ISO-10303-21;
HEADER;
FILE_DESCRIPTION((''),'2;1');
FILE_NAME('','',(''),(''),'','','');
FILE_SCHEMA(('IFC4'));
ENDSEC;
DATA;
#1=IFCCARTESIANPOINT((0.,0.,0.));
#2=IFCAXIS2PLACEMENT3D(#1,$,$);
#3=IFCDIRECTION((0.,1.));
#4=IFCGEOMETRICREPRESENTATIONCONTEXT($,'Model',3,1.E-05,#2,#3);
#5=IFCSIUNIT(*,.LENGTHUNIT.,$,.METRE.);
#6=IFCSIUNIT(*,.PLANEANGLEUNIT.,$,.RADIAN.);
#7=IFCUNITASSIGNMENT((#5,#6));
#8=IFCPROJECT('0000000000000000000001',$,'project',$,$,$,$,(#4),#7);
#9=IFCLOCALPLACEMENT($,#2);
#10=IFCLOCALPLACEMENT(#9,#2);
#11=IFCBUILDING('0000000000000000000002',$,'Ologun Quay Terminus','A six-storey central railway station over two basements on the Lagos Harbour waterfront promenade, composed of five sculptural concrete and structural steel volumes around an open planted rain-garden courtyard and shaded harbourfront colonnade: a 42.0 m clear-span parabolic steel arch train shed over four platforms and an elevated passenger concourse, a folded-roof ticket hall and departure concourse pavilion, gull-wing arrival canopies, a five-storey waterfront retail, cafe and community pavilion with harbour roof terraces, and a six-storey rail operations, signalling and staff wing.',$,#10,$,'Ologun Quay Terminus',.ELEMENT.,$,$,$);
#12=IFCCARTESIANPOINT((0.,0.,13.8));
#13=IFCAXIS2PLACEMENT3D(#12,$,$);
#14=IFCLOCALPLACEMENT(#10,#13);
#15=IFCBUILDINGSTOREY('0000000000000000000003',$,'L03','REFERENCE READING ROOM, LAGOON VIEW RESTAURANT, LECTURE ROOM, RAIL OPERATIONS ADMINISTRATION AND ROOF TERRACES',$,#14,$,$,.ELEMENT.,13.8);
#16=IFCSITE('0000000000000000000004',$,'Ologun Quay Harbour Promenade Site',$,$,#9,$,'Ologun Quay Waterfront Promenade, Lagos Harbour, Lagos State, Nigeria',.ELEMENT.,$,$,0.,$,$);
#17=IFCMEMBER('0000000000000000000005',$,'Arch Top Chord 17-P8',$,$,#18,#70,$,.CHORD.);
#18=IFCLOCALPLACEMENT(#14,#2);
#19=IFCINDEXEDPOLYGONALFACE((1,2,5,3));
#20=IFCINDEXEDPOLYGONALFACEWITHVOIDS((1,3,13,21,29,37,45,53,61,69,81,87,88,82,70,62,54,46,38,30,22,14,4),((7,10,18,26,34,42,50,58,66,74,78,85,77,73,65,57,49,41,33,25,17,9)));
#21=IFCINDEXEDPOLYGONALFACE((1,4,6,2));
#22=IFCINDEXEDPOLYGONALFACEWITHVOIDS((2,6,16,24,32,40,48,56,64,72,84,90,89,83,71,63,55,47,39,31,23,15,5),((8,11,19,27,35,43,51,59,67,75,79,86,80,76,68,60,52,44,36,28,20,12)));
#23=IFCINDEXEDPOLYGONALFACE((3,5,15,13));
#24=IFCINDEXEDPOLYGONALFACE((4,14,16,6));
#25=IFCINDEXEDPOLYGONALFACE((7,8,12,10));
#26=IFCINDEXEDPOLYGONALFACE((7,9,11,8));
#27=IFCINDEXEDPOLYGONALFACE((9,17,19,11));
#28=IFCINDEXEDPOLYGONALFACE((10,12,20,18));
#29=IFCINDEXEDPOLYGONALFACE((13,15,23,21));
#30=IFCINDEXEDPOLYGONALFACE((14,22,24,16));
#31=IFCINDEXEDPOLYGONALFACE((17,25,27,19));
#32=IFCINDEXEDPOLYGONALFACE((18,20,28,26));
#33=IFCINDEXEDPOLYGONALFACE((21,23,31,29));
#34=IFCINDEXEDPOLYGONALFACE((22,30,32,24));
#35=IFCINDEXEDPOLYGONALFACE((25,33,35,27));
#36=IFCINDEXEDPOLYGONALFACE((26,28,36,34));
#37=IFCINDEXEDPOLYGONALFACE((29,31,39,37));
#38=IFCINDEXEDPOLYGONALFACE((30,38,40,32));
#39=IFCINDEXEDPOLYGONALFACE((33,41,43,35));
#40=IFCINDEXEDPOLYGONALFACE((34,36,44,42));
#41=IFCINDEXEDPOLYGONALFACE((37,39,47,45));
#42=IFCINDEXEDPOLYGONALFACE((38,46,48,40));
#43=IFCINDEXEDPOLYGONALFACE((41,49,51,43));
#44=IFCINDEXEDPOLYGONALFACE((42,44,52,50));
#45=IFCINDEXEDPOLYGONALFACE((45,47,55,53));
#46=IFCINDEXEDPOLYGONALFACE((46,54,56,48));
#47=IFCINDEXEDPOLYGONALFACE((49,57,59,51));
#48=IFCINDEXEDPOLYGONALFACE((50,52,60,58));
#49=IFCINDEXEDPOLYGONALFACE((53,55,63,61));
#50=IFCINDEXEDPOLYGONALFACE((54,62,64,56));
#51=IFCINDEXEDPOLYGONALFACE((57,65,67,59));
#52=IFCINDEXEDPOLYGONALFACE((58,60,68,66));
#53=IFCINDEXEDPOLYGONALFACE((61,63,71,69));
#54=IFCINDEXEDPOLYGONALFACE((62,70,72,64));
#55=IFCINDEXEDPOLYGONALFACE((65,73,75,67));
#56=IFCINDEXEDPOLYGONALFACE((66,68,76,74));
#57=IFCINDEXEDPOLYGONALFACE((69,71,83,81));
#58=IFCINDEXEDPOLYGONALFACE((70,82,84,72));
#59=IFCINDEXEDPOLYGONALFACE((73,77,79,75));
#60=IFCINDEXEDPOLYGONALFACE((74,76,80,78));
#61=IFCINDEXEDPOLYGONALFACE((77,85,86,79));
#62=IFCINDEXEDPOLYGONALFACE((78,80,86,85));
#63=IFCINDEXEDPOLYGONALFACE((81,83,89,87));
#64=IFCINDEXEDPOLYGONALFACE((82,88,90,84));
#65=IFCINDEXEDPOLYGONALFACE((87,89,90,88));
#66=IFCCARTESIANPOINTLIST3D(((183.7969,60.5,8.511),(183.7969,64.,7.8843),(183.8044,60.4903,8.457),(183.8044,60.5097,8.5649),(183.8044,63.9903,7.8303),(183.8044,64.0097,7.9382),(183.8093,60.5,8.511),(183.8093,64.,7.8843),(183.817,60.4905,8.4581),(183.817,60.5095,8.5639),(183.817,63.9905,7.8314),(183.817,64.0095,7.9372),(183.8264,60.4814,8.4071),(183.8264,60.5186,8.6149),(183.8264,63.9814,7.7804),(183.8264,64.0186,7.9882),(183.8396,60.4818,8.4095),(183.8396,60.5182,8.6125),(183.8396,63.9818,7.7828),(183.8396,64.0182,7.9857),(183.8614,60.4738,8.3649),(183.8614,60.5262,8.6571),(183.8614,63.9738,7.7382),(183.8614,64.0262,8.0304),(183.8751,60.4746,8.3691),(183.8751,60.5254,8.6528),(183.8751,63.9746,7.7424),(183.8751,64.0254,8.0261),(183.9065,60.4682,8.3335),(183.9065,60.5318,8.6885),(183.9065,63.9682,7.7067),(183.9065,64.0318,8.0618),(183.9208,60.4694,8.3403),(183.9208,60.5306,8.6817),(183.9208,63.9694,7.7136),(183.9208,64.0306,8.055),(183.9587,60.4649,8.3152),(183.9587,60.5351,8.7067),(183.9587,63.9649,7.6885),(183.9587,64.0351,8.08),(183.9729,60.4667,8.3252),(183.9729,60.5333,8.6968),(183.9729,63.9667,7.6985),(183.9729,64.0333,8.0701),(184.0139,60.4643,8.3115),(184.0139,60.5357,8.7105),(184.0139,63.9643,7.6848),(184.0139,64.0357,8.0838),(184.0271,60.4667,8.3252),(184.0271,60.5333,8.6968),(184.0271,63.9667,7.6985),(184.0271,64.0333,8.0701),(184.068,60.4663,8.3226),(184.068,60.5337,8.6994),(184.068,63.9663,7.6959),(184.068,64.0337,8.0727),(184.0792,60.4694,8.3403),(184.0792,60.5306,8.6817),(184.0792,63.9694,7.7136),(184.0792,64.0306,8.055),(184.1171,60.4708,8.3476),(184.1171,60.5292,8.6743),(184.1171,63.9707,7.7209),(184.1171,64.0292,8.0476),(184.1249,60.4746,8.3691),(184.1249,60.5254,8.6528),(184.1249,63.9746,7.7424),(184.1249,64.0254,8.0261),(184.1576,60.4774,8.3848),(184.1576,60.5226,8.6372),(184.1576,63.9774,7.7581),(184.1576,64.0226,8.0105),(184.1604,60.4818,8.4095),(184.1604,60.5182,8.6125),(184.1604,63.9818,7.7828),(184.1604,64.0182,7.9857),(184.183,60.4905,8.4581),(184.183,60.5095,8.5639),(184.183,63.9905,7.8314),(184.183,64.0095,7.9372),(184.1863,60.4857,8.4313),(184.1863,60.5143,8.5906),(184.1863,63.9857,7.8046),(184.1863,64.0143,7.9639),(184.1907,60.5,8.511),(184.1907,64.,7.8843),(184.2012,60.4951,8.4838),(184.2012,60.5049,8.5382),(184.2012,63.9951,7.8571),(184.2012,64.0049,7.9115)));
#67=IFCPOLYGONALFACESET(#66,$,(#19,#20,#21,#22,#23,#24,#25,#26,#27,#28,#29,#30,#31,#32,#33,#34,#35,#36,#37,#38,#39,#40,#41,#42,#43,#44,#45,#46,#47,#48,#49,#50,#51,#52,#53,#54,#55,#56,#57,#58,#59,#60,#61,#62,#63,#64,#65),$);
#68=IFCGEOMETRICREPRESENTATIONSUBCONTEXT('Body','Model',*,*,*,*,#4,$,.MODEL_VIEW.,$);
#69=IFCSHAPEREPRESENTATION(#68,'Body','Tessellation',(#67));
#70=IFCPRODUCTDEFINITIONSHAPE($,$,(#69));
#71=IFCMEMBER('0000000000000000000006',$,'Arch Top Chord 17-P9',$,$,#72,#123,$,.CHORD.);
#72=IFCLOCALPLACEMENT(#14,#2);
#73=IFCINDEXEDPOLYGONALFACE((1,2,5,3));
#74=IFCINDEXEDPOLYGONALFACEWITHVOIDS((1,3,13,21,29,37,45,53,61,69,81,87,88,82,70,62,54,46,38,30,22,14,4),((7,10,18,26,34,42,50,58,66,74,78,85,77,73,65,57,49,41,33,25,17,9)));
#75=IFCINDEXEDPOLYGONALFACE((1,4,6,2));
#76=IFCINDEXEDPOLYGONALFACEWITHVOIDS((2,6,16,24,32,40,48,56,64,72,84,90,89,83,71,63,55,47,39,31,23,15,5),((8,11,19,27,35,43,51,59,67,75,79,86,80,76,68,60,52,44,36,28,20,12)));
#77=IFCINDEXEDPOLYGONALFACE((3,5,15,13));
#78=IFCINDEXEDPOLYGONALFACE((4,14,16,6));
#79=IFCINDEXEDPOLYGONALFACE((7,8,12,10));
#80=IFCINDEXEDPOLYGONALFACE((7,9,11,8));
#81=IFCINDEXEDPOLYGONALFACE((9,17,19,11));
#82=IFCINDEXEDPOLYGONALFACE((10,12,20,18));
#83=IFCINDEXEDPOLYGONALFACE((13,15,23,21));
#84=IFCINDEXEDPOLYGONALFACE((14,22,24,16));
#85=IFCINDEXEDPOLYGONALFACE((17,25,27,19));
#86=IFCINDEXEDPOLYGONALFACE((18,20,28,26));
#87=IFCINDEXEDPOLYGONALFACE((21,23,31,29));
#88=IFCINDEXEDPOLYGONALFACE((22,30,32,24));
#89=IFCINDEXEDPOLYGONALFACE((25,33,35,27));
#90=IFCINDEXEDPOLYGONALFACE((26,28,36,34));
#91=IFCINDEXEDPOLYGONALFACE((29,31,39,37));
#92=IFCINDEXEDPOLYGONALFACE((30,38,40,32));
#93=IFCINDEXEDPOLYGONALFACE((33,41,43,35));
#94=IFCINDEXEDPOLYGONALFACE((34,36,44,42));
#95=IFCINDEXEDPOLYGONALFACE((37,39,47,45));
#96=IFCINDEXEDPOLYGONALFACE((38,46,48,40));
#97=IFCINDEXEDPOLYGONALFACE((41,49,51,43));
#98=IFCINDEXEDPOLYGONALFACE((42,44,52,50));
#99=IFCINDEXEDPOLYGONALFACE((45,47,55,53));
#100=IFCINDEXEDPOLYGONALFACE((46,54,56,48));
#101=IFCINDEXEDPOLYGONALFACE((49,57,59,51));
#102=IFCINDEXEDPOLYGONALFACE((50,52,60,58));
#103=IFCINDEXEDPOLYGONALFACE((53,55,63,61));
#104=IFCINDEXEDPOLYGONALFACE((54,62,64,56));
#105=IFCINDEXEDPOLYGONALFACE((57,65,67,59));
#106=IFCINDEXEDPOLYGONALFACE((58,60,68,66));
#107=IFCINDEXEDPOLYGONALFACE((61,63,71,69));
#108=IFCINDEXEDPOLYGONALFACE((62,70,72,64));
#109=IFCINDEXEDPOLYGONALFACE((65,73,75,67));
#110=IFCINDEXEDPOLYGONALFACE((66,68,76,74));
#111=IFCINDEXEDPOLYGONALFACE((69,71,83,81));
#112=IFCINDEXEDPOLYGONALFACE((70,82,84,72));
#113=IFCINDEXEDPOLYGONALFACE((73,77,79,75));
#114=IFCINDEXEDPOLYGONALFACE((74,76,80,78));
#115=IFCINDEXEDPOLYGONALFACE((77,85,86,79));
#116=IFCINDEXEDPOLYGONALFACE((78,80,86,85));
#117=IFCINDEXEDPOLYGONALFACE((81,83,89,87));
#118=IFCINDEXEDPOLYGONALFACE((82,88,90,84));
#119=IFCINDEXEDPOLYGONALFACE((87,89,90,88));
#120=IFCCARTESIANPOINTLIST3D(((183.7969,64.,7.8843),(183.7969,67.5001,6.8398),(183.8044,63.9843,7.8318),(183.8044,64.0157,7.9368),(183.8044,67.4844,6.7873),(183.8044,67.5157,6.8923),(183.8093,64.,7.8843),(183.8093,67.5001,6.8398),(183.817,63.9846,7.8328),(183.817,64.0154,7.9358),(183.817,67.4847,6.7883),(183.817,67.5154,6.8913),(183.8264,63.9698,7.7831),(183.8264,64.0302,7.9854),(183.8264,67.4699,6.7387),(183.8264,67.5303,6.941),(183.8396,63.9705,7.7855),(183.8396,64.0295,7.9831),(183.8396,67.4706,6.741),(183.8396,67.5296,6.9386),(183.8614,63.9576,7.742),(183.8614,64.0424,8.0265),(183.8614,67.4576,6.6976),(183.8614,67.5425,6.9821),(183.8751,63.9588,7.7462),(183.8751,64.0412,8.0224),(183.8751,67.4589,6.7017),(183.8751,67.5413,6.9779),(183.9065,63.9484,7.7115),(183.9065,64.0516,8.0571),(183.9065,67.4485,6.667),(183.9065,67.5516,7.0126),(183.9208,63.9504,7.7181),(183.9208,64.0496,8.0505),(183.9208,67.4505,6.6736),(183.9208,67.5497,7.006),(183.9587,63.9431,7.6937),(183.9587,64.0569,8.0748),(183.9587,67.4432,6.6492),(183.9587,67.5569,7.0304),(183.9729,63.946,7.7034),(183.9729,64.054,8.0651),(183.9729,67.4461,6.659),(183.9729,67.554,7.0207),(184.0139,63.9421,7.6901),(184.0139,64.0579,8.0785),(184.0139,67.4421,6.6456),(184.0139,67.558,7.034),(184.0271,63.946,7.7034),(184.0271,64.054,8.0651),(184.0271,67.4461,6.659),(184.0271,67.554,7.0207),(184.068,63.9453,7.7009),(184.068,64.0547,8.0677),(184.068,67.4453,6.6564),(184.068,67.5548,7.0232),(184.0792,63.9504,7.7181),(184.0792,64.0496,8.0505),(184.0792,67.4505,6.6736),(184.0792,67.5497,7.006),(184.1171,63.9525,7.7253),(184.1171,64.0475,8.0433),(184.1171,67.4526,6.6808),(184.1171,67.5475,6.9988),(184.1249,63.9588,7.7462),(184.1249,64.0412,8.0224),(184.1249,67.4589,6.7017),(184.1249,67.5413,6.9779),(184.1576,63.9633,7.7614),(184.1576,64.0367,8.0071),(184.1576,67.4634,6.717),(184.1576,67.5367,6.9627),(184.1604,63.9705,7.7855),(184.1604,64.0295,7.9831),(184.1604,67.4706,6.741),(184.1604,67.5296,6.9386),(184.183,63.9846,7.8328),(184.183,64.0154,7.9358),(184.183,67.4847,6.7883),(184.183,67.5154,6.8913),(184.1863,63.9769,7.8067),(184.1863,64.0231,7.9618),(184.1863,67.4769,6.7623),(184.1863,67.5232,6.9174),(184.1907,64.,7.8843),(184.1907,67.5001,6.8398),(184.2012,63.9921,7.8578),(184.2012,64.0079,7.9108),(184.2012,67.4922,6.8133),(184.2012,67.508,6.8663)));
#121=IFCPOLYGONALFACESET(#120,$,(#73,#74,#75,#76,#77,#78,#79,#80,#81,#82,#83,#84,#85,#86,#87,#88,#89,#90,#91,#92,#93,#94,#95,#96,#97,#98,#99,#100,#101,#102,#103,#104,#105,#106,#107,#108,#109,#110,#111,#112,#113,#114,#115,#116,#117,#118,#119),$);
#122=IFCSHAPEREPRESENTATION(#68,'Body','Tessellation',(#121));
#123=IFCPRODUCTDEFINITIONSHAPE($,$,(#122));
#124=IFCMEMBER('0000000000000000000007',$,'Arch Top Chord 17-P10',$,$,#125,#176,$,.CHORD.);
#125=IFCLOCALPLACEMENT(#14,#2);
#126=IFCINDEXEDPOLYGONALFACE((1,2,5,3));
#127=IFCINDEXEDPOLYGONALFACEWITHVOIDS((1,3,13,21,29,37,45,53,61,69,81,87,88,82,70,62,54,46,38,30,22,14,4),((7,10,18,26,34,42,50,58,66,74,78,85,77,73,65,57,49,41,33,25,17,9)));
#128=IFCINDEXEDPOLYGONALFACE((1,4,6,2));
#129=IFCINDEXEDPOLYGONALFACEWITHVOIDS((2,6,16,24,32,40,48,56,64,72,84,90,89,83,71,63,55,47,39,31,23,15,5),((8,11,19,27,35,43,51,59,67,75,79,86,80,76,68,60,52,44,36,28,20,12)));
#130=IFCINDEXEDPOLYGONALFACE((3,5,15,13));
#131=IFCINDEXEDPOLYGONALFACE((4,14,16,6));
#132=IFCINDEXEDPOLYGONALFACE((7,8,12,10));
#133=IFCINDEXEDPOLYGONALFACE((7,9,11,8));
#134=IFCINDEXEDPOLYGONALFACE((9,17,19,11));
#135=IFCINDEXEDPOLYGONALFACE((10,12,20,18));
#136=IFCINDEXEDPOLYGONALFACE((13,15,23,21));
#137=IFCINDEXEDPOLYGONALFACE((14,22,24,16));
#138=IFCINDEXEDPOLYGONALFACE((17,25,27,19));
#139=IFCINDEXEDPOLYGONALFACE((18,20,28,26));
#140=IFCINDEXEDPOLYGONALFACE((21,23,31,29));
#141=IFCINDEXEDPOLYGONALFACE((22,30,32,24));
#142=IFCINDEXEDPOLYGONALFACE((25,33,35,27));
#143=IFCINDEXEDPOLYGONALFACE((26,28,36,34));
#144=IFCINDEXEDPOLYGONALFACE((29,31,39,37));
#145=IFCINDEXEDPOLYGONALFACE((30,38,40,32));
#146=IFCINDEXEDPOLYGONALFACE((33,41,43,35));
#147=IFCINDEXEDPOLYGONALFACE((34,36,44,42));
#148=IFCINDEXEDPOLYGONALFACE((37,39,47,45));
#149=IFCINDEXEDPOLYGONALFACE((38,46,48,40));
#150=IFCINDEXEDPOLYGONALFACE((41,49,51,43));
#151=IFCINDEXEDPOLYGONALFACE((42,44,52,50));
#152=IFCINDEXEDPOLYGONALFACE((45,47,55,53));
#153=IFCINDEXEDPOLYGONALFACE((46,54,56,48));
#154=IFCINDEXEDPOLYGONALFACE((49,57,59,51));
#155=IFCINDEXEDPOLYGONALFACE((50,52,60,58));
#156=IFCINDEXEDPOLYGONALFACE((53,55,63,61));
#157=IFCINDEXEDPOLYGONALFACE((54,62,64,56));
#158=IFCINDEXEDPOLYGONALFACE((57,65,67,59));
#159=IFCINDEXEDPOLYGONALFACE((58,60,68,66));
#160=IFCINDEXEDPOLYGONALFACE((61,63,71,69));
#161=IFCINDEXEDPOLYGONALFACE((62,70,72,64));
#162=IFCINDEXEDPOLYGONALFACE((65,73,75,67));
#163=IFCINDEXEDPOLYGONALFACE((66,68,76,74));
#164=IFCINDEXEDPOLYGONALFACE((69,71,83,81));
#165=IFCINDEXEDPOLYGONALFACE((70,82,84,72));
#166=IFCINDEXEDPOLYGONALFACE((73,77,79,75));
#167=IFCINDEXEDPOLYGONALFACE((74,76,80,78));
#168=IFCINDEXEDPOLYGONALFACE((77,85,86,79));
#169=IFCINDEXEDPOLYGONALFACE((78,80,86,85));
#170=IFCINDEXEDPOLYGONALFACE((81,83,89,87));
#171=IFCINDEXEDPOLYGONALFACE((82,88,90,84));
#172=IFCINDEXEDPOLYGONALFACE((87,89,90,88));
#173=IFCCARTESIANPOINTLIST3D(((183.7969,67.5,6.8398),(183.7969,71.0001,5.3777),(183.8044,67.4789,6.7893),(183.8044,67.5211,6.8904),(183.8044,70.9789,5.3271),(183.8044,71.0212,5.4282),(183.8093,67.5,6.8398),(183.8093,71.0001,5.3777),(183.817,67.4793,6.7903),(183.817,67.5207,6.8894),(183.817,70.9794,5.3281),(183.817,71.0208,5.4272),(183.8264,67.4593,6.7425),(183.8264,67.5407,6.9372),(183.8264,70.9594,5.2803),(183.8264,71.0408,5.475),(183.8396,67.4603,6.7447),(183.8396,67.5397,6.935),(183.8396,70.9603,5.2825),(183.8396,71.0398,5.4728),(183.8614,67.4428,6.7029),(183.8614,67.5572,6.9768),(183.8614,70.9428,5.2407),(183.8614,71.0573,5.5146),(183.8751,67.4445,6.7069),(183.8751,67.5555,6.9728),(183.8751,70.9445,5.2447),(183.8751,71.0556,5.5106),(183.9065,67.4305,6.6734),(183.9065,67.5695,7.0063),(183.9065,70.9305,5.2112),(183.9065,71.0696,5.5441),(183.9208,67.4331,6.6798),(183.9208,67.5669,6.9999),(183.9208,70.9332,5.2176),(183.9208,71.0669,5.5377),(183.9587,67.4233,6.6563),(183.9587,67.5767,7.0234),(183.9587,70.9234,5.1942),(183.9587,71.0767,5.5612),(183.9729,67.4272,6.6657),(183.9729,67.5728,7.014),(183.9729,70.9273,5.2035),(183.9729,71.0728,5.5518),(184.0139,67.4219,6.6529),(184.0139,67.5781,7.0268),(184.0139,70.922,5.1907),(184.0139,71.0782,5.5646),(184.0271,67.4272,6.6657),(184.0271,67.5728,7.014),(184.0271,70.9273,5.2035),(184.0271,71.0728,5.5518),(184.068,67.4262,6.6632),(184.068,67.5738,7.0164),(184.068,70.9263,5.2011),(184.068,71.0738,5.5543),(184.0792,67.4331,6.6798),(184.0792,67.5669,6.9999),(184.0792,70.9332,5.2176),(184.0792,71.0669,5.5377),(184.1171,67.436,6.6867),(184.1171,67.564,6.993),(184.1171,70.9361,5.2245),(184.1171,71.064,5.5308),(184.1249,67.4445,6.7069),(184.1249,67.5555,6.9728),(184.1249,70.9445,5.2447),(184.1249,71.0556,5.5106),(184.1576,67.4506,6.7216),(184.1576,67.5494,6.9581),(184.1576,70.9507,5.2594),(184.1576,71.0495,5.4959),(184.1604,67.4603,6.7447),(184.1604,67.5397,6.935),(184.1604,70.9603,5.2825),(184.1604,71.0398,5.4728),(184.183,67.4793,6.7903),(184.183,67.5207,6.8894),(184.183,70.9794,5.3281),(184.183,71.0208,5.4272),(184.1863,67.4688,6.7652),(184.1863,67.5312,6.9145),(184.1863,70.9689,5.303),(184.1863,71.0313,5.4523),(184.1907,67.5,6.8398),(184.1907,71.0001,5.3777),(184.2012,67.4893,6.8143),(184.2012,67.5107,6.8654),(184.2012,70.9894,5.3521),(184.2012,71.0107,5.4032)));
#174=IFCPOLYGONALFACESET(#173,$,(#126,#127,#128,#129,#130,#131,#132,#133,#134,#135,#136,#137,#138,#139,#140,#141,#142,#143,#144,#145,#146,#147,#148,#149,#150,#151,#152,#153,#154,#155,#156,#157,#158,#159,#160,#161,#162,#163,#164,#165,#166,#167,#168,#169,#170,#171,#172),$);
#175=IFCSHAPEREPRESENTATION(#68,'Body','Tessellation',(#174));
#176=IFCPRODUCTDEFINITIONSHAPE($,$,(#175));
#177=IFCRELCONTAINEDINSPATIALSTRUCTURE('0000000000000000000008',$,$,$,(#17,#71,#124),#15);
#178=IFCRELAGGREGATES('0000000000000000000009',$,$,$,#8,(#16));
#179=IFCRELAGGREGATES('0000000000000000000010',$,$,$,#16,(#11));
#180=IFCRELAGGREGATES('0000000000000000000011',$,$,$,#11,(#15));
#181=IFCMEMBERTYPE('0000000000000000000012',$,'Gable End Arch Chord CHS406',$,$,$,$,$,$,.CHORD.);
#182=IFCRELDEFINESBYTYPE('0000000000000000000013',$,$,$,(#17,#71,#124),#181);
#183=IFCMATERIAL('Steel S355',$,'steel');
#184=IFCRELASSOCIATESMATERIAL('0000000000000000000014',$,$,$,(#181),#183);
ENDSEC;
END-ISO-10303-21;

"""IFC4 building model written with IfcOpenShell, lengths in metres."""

from ifc_helpers import new_model, si_unit, direction, frame, origin, origin_2d, place, context, subcontext, project, spatial, hollow_circle, extrude, material, material_profile, profile_set, type_object, element, save


model = new_model("IFC4")

# Units and contexts
model_context = context("Model", 3, precision=1e-05, world=origin(), true_north=direction((0.0, 1.0)))
body_context = subcontext(model_context, "Body", "Model", "MODEL_VIEW")
ifc_project = project(units=[si_unit("LENGTHUNIT", "METRE"), si_unit("PLANEANGLEUNIT", "RADIAN")], contexts=[model_context])

# Site, building, storey
site_placement = place(None, origin())
site = spatial("IfcSite", under=ifc_project, at=site_placement, Name="Ologun Quay Harbour Promenade Site", LongName="Ologun Quay Waterfront Promenade, Lagos Harbour, Lagos State, Nigeria", CompositionType="ELEMENT", RefElevation=0.0)
building_placement = place(site_placement, origin())
building = spatial("IfcBuilding", under=site, at=building_placement, Name="Ologun Quay Terminus", Description="A six-storey central railway station over two basements on the Lagos Harbour waterfront promenade, composed of five sculptural concrete and structural steel volumes around an open planted rain-garden courtyard and shaded harbourfront colonnade: a 42.0 m clear-span parabolic steel arch train shed over four platforms and an elevated passenger concourse, a folded-roof ticket hall and departure concourse pavilion, gull-wing arrival canopies, a five-storey waterfront retail, cafe and community pavilion with harbour roof terraces, and a six-storey rail operations, signalling and staff wing.", LongName="Ologun Quay Terminus", CompositionType="ELEMENT")
storey_placement = place(building_placement, frame((0.0, 0.0, 13.8)))
storey = spatial("IfcBuildingStorey", under=building, at=storey_placement, Name="L03", Description="REFERENCE READING ROOM, LAGOON VIEW RESTAURANT, LECTURE ROOM, RAIL OPERATIONS ADMINISTRATION AND ROOF TERRACES", CompositionType="ELEMENT", Elevation=13.8)

# Members
ifc_material_1 = material(Name="Steel S355", Category="steel")
ifc_material_profile_1 = material_profile(ifc_material_1, hollow_circle(Radius=0.2031, WallThickness=0.0125, at=origin_2d()), Name="CHS 406.4x12.5")
ifc_profile_set_1 = profile_set([ifc_material_profile_1], Name="Steel S355")
member_type_1 = type_object("IfcMemberType", Name="Gable End Arch Chord CHS406", PredefinedType="CHORD", material=ifc_profile_set_1)
member_1_placement = place(storey_placement, frame((184.0, 60.5, 8.511), z_axis=(0.0, 0.984344, -0.176256), x_axis=(-1.0, 0.0, 0.0)))
element("IfcMember", 1, at=member_1_placement, inside=storey, type_object=member_type_1, Name="Arch Top Chord 17-P8", PredefinedType="CHORD", context=body_context, shape_type="SweptSolid", body=[
    extrude(hollow_circle(Radius=0.2031, WallThickness=0.0125, at=origin_2d()), origin(), (0.0, 0.0, 1.0), 3.5557),
])
member_2_placement = place(storey_placement, frame((184.0, 64.0, 7.8843), z_axis=(0.0, 0.958245, -0.285949), x_axis=(-1.0, 0.0, 0.0)))
element("IfcMember", 2, at=member_2_placement, inside=storey, type_object=member_type_1, Name="Arch Top Chord 17-P9", PredefinedType="CHORD", context=body_context, shape_type="SweptSolid", body=[
    extrude(hollow_circle(Radius=0.2031, WallThickness=0.0125, at=origin_2d()), origin(), (0.0, 0.0, 1.0), 3.6526),
])
member_3_placement = place(storey_placement, frame((184.0, 67.5, 6.8398), z_axis=(0.0, 0.922719, -0.385474), x_axis=(-1.0, 0.0, 0.0)))
element("IfcMember", 3, at=member_3_placement, inside=storey, type_object=member_type_1, Name="Arch Top Chord 17-P10", PredefinedType="CHORD", context=body_context, shape_type="SweptSolid", body=[
    extrude(hollow_circle(Radius=0.2031, WallThickness=0.0125, at=origin_2d()), origin(), (0.0, 0.0, 1.0), 3.7932),
])

save(model, "model.ifc")
